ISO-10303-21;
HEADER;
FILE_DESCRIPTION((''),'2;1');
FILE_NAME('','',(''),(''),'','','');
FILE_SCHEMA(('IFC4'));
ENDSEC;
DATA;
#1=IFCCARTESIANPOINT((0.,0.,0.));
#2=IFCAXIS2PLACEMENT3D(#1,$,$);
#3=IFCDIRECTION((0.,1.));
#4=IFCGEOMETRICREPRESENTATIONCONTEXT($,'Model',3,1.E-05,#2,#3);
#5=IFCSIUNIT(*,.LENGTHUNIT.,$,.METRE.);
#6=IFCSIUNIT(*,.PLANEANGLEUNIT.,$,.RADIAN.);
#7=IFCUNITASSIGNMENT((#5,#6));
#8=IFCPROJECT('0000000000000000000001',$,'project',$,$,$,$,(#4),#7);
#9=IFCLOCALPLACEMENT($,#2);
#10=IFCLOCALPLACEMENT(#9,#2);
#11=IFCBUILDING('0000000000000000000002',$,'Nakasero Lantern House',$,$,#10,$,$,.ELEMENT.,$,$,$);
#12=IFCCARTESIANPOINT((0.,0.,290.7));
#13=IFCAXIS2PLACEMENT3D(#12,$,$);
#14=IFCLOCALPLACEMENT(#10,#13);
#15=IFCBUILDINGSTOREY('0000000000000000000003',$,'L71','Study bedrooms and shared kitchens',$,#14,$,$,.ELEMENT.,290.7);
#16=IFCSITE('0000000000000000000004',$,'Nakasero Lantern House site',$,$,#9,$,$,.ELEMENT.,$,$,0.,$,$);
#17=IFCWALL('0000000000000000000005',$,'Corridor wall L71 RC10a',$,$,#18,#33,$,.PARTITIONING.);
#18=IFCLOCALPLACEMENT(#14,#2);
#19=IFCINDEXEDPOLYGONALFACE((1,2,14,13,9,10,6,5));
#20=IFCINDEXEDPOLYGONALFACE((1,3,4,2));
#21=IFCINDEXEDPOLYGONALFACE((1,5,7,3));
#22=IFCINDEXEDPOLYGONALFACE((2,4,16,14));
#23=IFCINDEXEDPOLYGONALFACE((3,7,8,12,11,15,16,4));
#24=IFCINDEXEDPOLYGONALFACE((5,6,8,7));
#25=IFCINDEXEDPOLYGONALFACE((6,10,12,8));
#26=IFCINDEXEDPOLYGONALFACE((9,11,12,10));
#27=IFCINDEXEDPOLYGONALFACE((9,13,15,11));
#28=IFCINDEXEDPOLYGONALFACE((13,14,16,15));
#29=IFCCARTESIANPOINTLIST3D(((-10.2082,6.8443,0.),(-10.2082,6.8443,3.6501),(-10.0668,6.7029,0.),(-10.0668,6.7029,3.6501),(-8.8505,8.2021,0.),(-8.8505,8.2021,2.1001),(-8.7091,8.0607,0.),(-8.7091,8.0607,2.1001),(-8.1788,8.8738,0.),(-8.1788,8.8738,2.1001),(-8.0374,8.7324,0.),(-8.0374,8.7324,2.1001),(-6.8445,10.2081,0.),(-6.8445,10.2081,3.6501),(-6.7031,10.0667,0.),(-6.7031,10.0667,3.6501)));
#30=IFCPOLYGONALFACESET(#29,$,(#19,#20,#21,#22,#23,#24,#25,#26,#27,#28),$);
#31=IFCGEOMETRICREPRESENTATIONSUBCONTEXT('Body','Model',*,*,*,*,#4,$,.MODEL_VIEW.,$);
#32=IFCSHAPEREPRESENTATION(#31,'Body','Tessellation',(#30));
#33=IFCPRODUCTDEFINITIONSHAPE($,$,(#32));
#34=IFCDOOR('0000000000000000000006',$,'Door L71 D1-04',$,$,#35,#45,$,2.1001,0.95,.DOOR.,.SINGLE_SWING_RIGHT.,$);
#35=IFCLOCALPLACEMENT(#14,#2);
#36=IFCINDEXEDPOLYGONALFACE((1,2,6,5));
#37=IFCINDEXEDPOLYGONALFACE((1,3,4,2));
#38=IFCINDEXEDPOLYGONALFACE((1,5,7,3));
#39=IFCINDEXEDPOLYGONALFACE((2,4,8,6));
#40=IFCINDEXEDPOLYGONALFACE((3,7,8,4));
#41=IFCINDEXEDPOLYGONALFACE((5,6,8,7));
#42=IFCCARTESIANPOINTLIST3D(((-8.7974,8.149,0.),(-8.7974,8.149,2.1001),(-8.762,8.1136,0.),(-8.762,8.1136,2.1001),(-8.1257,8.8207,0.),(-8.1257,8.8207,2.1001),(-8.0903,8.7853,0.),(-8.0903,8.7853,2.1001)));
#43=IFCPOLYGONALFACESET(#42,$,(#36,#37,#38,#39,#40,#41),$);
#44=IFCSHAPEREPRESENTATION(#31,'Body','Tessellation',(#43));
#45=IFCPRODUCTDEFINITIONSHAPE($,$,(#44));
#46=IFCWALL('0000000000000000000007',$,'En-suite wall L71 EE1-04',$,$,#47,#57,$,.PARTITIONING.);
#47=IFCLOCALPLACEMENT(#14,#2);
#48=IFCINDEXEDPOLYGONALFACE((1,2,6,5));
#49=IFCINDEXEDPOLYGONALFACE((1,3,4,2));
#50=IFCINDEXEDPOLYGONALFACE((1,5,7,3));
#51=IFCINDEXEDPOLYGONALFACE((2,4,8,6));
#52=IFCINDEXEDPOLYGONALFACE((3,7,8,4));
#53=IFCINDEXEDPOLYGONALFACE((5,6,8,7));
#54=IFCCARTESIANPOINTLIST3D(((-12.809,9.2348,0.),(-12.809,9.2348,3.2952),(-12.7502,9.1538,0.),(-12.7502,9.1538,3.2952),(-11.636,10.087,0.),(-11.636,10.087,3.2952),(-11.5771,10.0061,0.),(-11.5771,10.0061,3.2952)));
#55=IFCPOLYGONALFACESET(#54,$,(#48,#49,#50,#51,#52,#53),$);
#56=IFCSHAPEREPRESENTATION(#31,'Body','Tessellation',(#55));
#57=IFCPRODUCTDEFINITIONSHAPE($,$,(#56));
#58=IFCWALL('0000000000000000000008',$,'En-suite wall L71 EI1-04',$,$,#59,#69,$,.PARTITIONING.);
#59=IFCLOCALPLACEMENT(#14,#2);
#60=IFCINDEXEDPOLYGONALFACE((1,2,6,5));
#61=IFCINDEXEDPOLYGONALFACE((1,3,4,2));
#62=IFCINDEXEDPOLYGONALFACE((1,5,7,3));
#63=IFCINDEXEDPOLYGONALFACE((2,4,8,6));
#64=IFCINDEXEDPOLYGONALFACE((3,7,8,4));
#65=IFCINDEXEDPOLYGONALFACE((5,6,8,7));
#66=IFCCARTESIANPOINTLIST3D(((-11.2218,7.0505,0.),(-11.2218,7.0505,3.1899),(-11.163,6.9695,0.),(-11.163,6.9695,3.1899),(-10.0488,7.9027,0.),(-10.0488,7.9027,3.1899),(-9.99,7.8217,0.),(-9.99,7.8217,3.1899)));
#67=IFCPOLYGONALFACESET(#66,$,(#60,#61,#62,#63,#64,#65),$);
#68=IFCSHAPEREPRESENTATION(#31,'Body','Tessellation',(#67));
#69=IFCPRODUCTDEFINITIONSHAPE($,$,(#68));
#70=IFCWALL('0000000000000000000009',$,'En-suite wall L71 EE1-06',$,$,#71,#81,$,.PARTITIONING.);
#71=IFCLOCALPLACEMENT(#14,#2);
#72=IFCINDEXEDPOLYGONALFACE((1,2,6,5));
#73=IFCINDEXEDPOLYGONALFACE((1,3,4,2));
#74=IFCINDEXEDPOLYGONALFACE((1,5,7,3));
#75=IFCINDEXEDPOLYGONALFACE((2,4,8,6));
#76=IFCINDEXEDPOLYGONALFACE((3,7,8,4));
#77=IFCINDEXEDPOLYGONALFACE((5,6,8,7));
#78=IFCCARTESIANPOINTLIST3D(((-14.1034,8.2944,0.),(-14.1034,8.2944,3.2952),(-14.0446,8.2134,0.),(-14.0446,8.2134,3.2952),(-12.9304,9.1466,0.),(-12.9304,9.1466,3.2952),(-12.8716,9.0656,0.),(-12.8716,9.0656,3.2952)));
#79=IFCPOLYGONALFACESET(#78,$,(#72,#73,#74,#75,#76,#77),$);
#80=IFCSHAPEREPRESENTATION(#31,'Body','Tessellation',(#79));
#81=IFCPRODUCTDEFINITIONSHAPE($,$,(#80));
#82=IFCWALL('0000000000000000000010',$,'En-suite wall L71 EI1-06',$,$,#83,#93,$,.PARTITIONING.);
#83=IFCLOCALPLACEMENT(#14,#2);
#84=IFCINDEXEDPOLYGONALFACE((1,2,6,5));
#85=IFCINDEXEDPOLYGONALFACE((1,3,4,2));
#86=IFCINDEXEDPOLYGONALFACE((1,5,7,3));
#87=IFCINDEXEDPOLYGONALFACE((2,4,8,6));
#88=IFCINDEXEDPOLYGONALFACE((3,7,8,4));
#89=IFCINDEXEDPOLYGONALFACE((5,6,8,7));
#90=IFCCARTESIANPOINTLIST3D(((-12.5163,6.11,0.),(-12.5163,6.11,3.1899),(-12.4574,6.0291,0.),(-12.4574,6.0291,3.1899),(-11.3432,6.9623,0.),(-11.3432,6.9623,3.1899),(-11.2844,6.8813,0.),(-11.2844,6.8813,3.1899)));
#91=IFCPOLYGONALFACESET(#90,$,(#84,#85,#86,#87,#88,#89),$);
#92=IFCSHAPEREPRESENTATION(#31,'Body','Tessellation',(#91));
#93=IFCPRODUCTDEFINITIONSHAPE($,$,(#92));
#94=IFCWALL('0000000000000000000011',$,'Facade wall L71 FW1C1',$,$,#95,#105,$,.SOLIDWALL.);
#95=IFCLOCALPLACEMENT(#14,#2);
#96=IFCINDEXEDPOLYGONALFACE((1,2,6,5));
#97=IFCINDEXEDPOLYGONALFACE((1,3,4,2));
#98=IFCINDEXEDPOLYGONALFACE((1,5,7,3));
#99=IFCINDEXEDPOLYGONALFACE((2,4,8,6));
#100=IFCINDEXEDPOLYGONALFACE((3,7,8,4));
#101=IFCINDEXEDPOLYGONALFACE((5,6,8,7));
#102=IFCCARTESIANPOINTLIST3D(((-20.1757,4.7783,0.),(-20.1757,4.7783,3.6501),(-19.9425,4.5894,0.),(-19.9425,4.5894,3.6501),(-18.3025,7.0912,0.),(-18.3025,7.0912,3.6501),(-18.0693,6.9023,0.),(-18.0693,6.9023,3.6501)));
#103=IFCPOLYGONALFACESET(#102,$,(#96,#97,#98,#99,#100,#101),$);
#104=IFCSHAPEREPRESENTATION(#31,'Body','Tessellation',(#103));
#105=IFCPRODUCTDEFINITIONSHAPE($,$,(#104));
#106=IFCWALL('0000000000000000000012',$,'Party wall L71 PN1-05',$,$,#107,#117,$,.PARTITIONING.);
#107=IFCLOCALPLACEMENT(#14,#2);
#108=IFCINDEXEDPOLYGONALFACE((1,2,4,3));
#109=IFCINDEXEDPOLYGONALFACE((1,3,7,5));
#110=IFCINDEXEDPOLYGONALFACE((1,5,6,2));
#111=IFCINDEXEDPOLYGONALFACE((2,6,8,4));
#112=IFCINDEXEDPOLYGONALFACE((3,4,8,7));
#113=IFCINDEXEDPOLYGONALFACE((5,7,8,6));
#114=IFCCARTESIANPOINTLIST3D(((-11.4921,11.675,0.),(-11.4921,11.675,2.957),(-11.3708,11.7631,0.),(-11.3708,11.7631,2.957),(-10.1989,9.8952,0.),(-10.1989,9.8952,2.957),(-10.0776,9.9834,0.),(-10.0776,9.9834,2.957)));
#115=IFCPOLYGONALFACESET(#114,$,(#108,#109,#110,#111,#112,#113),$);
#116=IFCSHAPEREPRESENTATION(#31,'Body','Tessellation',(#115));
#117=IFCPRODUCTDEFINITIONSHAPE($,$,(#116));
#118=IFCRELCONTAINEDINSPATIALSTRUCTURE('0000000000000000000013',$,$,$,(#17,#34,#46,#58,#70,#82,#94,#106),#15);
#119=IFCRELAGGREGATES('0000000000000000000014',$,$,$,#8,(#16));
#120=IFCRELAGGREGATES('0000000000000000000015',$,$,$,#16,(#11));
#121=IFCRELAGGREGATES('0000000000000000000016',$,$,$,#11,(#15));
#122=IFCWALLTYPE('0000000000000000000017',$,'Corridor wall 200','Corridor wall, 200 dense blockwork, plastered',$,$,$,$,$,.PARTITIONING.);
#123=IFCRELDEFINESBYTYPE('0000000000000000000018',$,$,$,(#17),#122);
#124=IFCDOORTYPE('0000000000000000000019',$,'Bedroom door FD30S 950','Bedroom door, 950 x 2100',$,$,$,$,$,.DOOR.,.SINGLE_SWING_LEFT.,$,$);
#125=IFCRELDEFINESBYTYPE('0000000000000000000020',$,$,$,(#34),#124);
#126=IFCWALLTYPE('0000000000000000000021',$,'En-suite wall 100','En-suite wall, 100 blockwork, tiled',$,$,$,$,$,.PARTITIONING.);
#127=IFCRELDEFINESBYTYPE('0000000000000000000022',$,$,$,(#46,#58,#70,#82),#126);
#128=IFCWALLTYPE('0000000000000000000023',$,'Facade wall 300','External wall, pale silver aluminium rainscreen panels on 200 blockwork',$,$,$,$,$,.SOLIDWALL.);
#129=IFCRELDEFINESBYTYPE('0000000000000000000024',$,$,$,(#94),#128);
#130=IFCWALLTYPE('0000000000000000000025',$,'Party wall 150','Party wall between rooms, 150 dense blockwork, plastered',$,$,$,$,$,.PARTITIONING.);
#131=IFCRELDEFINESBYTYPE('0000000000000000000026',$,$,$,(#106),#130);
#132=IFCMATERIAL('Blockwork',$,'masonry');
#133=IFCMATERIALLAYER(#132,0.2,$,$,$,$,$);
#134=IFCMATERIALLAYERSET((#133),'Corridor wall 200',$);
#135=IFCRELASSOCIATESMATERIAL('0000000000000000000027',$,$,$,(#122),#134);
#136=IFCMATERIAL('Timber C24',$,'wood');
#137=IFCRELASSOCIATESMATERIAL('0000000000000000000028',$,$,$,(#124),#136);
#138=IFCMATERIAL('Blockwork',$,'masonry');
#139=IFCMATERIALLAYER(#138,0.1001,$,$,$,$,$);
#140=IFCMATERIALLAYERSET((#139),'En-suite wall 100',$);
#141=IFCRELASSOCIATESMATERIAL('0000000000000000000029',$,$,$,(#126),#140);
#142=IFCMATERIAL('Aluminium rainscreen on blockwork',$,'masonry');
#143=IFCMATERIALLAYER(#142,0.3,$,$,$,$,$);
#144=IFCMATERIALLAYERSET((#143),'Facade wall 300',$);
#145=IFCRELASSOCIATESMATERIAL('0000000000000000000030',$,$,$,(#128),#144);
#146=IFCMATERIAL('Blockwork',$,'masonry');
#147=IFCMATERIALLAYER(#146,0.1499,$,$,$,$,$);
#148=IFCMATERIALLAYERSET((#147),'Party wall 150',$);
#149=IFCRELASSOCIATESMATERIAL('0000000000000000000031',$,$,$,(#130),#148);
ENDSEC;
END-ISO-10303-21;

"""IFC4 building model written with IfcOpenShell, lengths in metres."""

from ifc_helpers import new_model, si_unit, direction, frame, frame_2d, origin, place, context, subcontext, project, spatial, rectangle, extrude, material, layer, layer_set, type_object, element, fill, save


model = new_model("IFC4")

# Units and contexts
model_context = context("Model", 3, precision=1e-05, world=origin(), true_north=direction((0.0, 1.0)))
body_context = subcontext(model_context, "Body", "Model", "MODEL_VIEW")
ifc_project = project(units=[si_unit("LENGTHUNIT", "METRE"), si_unit("PLANEANGLEUNIT", "RADIAN")], contexts=[model_context])

# Site, building, storey
site_placement = place(None, origin())
site = spatial("IfcSite", under=ifc_project, at=site_placement, Name="Nakasero Lantern House site", CompositionType="ELEMENT", RefElevation=0.0)
building_placement = place(site_placement, origin())
building = spatial("IfcBuilding", under=site, at=building_placement, Name="Nakasero Lantern House", CompositionType="ELEMENT")
storey_placement = place(building_placement, frame((0.0, 0.0, 290.7)))
storey = spatial("IfcBuildingStorey", under=building, at=storey_placement, Name="L71", Description="Study bedrooms and shared kitchens", CompositionType="ELEMENT", Elevation=290.7)

# Wall, opening, door
ifc_material_1 = material(Name="Blockwork", Category="masonry")
ifc_layer_1 = layer(ifc_material_1, 0.2)
ifc_layer_set_1 = layer_set([ifc_layer_1], Name="Corridor wall 200")
wall_type_1 = type_object("IfcWallType", Name="Corridor wall 200", Description="Corridor wall, 200 dense blockwork, plastered", PredefinedType="PARTITIONING", material=ifc_layer_set_1)
wall_1_placement = place(storey_placement, frame((-10.1375, 6.7737, 0.0), z_axis=(0.0, 0.0, 1.0), x_axis=(0.707107, 0.707107, 0.0)))
wall_1 = element("IfcWall", 1, at=wall_1_placement, inside=storey, type_object=wall_type_1, Name="Corridor wall L71 RC10a", PredefinedType="PARTITIONING", context=body_context, shape_type="SweptSolid", body=[
    extrude(rectangle(XDim=4.7571, YDim=0.2, at=frame_2d((2.3784, 0.0))), origin(), (0.0, 0.0, 1.0), 3.6501),
])
opening_placement = place(wall_1_placement, frame((1.9199, 0.0, 0.0)))
opening = element("IfcOpeningElement", 2, at=opening_placement, cuts=wall_1, PredefinedType="OPENING", context=body_context, shape_type="SweptSolid", body=[
    extrude(rectangle(XDim=0.95, YDim=2.1001, at=frame_2d((0.4751, 1.05))), frame((0.0, 0.1199, 0.0), z_axis=(0.0, -1.0, 0.0), x_axis=(1.0, 0.0, 0.0)), (0.0, 0.0, 1.0), 0.24),
])
ifc_material_2 = material(Name="Timber C24", Category="wood")
door_type = type_object("IfcDoorType", Name="Bedroom door FD30S 950", Description="Bedroom door, 950 x 2100", OperationType="SINGLE_SWING_LEFT", PredefinedType="DOOR", material=ifc_material_2)
door_placement = place(opening_placement, origin())
door = element("IfcDoor", 3, at=door_placement, inside=storey, type_object=door_type, Name="Door L71 D1-04", OperationType="SINGLE_SWING_RIGHT", OverallHeight=2.1001, OverallWidth=0.95, PredefinedType="DOOR", context=body_context, shape_type="SweptSolid", body=[
    extrude(rectangle(XDim=0.95, YDim=2.1001, at=frame_2d((0.4751, 1.05))), frame((0.0, 0.0249, 0.0), z_axis=(0.0, -1.0, 0.0), x_axis=(1.0, 0.0, 0.0)), (0.0, 0.0, 1.0), 0.05),
])
fill(opening, door)

# Walls
ifc_material_3 = material(Name="Blockwork", Category="masonry")
ifc_layer_2 = layer(ifc_material_3, 0.1001)
ifc_layer_set_2 = layer_set([ifc_layer_2], Name="En-suite wall 100")
wall_type_2 = type_object("IfcWallType", Name="En-suite wall 100", Description="En-suite wall, 100 blockwork, tiled", PredefinedType="PARTITIONING", material=ifc_layer_set_2)
wall_2_placement = place(storey_placement, frame((-11.6064, 10.0466, 0.0), z_axis=(0.0, 0.0, 1.0), x_axis=(-0.80902, -0.587781, 0.0)))
element("IfcWall", 4, at=wall_2_placement, inside=storey, type_object=wall_type_2, Name="En-suite wall L71 EE1-04", PredefinedType="PARTITIONING", context=body_context, shape_type="SweptSolid", body=[
    extrude(rectangle(XDim=1.45, YDim=0.1001, at=frame_2d((0.7251, 0.0))), origin(), (0.0, 0.0, 1.0), 3.2952),
])
wall_3_placement = place(storey_placement, frame((-10.0193, 7.8623, 0.0), z_axis=(0.0, 0.0, 1.0), x_axis=(-0.80902, -0.587781, 0.0)))
element("IfcWall", 5, at=wall_3_placement, inside=storey, type_object=wall_type_2, Name="En-suite wall L71 EI1-04", PredefinedType="PARTITIONING", context=body_context, shape_type="SweptSolid", body=[
    extrude(rectangle(XDim=1.45, YDim=0.1001, at=frame_2d((0.7251, 0.0))), origin(), (0.0, 0.0, 1.0), 3.1899),
])
wall_4_placement = place(storey_placement, frame((-12.9009, 9.1062, 0.0), z_axis=(0.0, 0.0, 1.0), x_axis=(-0.80902, -0.587781, 0.0)))
element("IfcWall", 6, at=wall_4_placement, inside=storey, type_object=wall_type_2, Name="En-suite wall L71 EE1-06", PredefinedType="PARTITIONING", context=body_context, shape_type="SweptSolid", body=[
    extrude(rectangle(XDim=1.45, YDim=0.1001, at=frame_2d((0.7251, 0.0))), origin(), (0.0, 0.0, 1.0), 3.2952),
])
wall_5_placement = place(storey_placement, frame((-11.3137, 6.9219, 0.0), z_axis=(0.0, 0.0, 1.0), x_axis=(-0.80902, -0.587781, 0.0)))
element("IfcWall", 7, at=wall_5_placement, inside=storey, type_object=wall_type_2, Name="En-suite wall L71 EI1-06", PredefinedType="PARTITIONING", context=body_context, shape_type="SweptSolid", body=[
    extrude(rectangle(XDim=1.45, YDim=0.1001, at=frame_2d((0.7251, 0.0))), origin(), (0.0, 0.0, 1.0), 3.1899),
])
ifc_material_4 = material(Name="Aluminium rainscreen on blockwork", Category="masonry")
ifc_layer_3 = layer(ifc_material_4, 0.3)
ifc_layer_set_3 = layer_set([ifc_layer_3], Name="Facade wall 300")
wall_type_3 = type_object("IfcWallType", Name="Facade wall 300", Description="External wall, pale silver aluminium rainscreen panels on 200 blockwork", PredefinedType="SOLIDWALL", material=ifc_layer_set_3)
wall_6_placement = place(storey_placement, frame((-18.1858, 6.9968, 0.0), z_axis=(0.0, 0.0, 1.0), x_axis=(-0.629375, -0.777102, 0.0)))
element("IfcWall", 8, at=wall_6_placement, inside=storey, type_object=wall_type_3, Name="Facade wall L71 FW1C1", PredefinedType="SOLIDWALL", context=body_context, shape_type="SweptSolid", body=[
    extrude(rectangle(XDim=2.9763, YDim=0.3, at=frame_2d((1.4883, 0.0))), origin(), (0.0, 0.0, 1.0), 3.6501),
])
ifc_material_5 = material(Name="Blockwork", Category="masonry")
ifc_layer_4 = layer(ifc_material_5, 0.1499)
ifc_layer_set_4 = layer_set([ifc_layer_4], Name="Party wall 150")
wall_type_4 = type_object("IfcWallType", Name="Party wall 150", Description="Party wall between rooms, 150 dense blockwork, plastered", PredefinedType="PARTITIONING", material=ifc_layer_set_4)
wall_7_placement = place(storey_placement, frame((-10.1382, 9.9392, 0.0), z_axis=(0.0, 0.0, 1.0), x_axis=(-0.587822, 0.80899, 0.0)))
element("IfcWall", 9, at=wall_7_placement, inside=storey, type_object=wall_type_4, Name="Party wall L71 PN1-05", PredefinedType="PARTITIONING", context=body_context, shape_type="SweptSolid", body=[
    extrude(rectangle(XDim=2.2, YDim=0.1499, at=frame_2d((1.1001, 0.0))), origin(), (0.0, 0.0, 1.0), 2.957),
])

save(model, "model.ifc")
